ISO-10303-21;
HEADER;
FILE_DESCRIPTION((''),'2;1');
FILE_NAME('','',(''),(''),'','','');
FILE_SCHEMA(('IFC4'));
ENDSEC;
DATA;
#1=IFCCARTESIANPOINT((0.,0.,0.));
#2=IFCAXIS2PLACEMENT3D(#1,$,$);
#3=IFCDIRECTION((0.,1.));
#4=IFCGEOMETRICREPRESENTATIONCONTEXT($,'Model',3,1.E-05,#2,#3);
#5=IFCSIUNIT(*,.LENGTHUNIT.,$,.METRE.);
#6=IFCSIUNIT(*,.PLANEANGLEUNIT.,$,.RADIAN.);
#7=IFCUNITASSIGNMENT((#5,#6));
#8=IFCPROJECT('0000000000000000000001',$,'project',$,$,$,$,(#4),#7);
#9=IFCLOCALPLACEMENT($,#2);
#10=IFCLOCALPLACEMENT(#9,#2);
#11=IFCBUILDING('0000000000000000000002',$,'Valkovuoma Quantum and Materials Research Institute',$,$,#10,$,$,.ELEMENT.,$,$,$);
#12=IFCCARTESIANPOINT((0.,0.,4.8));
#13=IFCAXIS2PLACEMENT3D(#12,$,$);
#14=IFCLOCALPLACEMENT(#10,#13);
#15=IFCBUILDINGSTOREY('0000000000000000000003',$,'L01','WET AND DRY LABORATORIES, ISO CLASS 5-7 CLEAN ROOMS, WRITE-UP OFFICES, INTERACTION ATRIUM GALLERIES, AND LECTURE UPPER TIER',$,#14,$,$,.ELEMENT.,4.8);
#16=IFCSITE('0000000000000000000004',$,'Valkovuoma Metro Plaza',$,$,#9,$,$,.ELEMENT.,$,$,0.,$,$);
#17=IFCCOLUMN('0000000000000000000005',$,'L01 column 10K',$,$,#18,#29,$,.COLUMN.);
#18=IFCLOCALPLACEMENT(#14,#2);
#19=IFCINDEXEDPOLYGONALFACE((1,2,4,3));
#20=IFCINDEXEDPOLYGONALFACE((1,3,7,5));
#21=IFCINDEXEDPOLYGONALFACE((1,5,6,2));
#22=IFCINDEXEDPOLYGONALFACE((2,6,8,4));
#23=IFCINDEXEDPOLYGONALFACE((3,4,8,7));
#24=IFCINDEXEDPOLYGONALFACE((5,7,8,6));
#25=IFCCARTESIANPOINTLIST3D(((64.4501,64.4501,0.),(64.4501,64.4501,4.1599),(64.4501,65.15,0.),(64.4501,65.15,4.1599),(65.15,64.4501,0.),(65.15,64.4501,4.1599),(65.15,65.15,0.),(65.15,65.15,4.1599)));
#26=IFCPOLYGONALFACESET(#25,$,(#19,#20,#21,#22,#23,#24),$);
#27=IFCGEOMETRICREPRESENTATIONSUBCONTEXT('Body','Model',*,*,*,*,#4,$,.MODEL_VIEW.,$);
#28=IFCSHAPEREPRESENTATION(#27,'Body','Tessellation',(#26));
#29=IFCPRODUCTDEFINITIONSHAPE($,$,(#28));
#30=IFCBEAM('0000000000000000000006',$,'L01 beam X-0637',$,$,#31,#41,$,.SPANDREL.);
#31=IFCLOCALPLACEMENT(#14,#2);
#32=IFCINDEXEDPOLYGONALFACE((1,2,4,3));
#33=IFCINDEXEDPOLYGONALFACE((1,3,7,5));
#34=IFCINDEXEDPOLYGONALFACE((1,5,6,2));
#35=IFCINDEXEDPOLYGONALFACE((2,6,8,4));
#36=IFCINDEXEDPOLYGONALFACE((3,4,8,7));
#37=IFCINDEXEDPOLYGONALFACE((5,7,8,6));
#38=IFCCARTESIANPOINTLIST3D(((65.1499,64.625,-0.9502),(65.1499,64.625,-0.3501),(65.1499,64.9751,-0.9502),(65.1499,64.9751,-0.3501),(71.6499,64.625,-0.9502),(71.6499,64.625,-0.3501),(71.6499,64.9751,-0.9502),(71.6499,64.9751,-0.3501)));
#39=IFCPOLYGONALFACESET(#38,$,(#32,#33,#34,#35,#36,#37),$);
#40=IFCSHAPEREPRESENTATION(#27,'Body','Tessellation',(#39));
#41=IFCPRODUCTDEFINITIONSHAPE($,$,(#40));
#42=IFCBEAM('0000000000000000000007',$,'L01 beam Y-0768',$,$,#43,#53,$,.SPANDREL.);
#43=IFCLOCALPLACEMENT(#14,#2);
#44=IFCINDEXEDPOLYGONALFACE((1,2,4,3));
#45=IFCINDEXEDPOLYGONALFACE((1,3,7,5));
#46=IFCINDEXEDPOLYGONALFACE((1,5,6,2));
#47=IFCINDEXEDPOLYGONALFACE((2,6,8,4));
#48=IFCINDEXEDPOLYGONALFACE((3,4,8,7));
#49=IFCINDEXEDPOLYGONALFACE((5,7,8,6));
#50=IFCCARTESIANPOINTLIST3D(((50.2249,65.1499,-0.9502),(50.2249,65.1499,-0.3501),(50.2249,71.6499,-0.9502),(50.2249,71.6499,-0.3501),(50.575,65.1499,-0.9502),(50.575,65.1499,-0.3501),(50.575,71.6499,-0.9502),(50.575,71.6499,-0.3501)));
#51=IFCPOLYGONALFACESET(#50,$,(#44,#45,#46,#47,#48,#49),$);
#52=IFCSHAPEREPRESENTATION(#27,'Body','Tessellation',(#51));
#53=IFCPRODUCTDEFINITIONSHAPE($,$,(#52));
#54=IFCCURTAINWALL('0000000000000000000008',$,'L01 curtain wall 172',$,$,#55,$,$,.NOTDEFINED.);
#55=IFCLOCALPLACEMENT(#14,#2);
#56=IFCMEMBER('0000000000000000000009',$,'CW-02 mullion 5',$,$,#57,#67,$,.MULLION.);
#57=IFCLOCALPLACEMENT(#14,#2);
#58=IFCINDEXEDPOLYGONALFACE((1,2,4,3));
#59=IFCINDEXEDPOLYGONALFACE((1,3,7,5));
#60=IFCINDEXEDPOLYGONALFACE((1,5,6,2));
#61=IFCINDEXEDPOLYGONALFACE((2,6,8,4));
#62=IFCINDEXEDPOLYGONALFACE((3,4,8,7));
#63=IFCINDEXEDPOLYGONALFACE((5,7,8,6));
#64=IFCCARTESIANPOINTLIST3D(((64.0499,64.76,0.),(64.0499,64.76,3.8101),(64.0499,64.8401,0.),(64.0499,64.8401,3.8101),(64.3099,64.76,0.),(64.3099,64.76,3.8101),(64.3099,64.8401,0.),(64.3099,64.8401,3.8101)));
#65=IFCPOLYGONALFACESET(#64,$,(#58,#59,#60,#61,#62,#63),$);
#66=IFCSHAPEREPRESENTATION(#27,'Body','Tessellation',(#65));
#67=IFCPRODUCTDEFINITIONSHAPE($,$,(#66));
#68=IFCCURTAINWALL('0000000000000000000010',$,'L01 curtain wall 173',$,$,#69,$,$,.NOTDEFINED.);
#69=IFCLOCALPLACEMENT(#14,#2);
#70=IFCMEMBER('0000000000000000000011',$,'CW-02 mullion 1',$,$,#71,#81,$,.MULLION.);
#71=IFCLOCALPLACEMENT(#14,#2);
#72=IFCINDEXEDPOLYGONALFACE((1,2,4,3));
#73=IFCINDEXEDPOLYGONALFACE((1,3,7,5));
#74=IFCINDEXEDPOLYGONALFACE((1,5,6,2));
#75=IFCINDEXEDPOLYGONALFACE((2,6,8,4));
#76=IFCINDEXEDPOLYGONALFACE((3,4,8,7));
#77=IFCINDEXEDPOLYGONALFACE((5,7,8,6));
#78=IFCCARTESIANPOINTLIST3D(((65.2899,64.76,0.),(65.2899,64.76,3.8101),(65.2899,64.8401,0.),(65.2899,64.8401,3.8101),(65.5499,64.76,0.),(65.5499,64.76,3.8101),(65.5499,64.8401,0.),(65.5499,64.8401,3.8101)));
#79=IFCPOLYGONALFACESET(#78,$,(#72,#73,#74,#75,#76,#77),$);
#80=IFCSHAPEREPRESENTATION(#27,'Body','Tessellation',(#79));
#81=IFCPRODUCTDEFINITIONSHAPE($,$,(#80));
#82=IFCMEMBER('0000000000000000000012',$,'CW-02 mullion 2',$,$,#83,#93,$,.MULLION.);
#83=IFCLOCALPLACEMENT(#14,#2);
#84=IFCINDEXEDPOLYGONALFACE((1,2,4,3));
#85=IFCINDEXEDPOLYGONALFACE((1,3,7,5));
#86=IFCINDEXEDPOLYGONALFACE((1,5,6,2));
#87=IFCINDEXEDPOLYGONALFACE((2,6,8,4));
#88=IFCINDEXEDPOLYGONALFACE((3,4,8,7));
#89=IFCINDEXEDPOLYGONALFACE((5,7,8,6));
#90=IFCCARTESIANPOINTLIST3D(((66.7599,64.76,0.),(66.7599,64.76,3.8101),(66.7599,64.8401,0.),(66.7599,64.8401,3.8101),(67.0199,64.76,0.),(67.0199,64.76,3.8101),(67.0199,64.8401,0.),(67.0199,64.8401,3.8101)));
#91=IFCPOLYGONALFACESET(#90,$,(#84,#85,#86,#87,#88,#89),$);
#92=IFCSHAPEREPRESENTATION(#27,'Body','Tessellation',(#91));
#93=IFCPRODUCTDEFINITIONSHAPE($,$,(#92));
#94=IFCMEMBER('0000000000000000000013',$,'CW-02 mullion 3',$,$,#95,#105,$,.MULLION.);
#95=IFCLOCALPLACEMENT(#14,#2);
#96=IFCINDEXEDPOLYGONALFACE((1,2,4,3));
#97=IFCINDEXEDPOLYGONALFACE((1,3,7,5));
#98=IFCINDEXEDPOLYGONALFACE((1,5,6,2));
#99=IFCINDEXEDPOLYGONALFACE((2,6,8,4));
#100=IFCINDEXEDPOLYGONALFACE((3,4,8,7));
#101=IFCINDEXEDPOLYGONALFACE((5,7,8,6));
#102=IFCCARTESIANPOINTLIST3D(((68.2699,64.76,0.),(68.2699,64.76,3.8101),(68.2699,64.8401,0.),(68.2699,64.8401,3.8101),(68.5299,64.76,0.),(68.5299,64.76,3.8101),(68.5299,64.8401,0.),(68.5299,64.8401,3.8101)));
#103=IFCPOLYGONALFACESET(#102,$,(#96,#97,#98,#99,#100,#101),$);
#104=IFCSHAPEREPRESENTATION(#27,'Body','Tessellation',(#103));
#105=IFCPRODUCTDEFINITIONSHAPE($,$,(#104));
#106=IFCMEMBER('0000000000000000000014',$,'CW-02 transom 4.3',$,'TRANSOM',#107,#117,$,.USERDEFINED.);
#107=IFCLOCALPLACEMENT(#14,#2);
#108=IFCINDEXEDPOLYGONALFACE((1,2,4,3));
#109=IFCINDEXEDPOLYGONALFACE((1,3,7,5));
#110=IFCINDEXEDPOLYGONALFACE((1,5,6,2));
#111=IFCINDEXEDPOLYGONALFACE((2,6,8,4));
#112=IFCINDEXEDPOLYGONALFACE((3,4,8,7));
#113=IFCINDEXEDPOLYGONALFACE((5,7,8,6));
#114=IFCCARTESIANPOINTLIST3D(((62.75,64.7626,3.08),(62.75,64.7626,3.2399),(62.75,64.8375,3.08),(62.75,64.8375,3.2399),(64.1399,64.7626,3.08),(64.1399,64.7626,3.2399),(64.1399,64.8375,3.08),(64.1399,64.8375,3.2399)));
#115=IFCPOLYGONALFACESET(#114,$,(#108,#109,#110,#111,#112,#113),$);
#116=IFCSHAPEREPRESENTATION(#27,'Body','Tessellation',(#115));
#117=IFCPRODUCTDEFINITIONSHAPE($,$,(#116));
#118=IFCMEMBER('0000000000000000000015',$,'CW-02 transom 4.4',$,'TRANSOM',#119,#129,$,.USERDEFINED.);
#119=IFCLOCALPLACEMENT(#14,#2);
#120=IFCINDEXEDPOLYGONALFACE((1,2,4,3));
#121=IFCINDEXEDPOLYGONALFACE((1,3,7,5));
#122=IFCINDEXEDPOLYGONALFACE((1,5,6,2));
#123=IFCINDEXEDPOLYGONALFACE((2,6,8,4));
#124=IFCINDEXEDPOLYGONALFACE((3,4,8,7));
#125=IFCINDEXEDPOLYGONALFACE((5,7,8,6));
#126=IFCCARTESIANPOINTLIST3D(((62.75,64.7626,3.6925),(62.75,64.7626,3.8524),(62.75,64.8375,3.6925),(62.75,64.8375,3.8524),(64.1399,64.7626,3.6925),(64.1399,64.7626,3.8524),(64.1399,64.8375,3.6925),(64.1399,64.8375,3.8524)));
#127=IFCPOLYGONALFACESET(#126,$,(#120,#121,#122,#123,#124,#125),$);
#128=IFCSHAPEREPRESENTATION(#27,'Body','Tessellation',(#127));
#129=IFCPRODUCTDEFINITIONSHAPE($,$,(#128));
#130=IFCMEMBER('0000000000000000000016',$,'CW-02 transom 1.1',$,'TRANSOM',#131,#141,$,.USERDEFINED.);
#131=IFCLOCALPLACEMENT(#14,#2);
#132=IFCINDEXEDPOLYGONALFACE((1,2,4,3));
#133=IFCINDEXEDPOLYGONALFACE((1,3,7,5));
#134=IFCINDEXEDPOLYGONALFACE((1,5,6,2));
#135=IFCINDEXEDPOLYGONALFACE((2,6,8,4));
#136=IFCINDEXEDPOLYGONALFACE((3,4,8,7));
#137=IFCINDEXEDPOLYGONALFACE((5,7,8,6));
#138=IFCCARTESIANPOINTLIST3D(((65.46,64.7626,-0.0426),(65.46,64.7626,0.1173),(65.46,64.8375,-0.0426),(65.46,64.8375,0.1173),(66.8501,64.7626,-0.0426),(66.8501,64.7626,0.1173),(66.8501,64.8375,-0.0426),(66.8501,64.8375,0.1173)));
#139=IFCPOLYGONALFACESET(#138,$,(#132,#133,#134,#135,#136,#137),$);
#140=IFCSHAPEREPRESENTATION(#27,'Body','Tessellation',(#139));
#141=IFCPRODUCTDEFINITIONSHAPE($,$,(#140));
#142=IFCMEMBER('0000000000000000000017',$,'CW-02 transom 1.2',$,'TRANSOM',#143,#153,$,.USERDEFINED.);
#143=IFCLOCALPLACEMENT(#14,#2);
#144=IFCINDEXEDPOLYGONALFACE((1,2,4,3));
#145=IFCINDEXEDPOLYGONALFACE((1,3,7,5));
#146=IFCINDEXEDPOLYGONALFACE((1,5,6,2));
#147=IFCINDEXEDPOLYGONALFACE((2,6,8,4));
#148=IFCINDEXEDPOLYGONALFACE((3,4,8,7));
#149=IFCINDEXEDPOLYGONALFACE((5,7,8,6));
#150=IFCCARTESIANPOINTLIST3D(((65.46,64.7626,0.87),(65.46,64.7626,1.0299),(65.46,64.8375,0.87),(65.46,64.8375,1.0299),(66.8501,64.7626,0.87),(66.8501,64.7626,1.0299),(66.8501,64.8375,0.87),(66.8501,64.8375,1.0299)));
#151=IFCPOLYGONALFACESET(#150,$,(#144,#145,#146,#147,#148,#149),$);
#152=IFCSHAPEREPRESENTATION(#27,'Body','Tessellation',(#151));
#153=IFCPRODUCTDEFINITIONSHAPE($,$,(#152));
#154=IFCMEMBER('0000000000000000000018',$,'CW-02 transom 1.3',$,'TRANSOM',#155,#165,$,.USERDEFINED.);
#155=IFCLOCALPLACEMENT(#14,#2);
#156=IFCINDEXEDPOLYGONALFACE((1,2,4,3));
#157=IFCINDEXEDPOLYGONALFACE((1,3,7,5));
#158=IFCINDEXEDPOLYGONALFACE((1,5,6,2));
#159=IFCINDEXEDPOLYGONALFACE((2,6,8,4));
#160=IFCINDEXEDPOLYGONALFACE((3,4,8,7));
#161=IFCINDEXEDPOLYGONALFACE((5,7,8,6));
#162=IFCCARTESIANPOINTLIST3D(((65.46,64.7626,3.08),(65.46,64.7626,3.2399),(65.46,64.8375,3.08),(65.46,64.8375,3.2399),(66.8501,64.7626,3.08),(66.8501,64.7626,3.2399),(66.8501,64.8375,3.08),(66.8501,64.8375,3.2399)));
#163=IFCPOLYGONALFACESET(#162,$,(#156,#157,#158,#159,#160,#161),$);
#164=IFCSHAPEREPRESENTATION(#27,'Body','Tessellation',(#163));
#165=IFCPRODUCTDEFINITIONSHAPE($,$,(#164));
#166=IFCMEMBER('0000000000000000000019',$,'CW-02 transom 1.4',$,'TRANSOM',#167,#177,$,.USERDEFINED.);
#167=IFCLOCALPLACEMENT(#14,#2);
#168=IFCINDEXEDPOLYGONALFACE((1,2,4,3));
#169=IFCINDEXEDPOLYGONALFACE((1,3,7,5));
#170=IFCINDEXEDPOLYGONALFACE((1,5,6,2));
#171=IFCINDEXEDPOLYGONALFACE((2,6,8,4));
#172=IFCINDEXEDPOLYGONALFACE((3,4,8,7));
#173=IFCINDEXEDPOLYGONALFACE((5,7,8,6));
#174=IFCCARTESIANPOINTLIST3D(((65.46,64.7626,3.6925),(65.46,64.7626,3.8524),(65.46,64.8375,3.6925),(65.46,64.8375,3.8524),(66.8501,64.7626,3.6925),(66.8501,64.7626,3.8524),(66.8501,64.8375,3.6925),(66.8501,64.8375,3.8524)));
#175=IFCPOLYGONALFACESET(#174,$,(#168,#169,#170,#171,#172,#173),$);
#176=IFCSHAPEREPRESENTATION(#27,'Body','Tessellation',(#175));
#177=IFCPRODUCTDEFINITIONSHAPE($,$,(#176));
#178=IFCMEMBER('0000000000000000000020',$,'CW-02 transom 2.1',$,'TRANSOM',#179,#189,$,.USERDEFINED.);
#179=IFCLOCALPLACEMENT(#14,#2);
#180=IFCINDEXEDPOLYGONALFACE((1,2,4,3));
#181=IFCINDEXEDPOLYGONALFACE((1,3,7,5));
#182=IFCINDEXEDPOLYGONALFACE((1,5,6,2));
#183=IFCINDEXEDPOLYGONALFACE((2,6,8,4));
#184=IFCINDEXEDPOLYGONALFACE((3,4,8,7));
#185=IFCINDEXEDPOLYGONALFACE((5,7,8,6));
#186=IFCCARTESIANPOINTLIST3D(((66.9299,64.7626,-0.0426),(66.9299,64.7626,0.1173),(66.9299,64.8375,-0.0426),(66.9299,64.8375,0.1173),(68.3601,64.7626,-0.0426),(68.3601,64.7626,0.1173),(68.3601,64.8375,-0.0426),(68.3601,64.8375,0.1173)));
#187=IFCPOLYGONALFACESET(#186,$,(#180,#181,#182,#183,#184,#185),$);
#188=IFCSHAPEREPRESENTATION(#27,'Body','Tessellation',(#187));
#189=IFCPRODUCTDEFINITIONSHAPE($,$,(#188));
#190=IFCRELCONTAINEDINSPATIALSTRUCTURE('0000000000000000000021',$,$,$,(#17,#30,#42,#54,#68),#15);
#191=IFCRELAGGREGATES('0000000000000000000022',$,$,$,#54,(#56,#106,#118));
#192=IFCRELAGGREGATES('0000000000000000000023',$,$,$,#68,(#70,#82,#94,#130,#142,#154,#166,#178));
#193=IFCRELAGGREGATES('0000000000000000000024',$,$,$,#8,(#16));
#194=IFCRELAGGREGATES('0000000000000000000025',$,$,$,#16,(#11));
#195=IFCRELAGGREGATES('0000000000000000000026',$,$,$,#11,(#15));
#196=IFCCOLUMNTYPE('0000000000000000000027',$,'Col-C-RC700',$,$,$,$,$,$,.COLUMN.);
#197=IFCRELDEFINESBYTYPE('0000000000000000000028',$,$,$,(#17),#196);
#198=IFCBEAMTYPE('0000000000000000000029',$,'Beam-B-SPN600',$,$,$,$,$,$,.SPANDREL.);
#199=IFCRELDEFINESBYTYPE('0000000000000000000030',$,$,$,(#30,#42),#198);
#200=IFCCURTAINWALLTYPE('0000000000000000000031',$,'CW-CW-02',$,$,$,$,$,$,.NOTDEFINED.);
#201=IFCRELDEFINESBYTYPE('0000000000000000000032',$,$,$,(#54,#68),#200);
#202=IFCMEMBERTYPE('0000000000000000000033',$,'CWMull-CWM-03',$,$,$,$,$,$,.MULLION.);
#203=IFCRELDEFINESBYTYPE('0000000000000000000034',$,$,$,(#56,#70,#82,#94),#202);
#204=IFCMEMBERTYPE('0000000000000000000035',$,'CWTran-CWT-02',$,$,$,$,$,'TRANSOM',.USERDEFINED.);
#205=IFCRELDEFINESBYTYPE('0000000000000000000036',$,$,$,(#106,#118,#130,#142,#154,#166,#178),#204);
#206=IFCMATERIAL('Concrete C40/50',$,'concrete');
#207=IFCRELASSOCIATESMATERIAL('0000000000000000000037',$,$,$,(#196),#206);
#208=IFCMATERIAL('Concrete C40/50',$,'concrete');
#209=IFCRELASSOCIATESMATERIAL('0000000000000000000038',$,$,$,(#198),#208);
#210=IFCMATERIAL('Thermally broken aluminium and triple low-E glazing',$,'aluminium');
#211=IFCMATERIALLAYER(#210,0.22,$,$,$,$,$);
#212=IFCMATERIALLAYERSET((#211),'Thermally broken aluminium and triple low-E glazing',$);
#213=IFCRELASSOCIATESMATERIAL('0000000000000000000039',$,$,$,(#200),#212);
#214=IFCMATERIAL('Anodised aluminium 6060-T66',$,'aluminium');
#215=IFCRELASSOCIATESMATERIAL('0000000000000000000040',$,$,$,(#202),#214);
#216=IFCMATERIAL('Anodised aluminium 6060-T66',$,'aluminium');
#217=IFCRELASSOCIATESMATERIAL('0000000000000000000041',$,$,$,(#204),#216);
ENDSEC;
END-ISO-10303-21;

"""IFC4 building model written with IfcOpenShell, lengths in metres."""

from ifc_helpers import new_model, si_unit, direction, frame, origin, origin_2d, place, context, subcontext, project, spatial, rectangle, extrude, material, layer, layer_set, material_profile, profile_set, type_object, element, aggregate, save


model = new_model("IFC4")

# Units and contexts
model_context = context("Model", 3, precision=1e-05, world=origin(), true_north=direction((0.0, 1.0)))
body_context = subcontext(model_context, "Body", "Model", "MODEL_VIEW")
ifc_project = project(units=[si_unit("LENGTHUNIT", "METRE"), si_unit("PLANEANGLEUNIT", "RADIAN")], contexts=[model_context])

# Site, building, storey
site_placement = place(None, origin())
site = spatial("IfcSite", under=ifc_project, at=site_placement, Name="Valkovuoma Metro Plaza", CompositionType="ELEMENT", RefElevation=0.0)
building_placement = place(site_placement, origin())
building = spatial("IfcBuilding", under=site, at=building_placement, Name="Valkovuoma Quantum and Materials Research Institute", CompositionType="ELEMENT")
storey_placement = place(building_placement, frame((0.0, 0.0, 4.8)))
storey = spatial("IfcBuildingStorey", under=building, at=storey_placement, Name="L01", Description="WET AND DRY LABORATORIES, ISO CLASS 5-7 CLEAN ROOMS, WRITE-UP OFFICES, INTERACTION ATRIUM GALLERIES, AND LECTURE UPPER TIER", CompositionType="ELEMENT", Elevation=4.8)

# Column
ifc_material_1 = material(Name="Concrete C40/50", Category="concrete")
ifc_material_profile_1 = material_profile(ifc_material_1, rectangle(XDim=0.7, YDim=0.7, at=origin_2d()), Name="Concrete C40/50")
ifc_profile_set_1 = profile_set([ifc_material_profile_1], Name="Concrete C40/50")
column_type = type_object("IfcColumnType", Name="Col-C-RC700", PredefinedType="COLUMN", material=ifc_profile_set_1)
column_placement = place(storey_placement, frame((64.8, 64.8, 0.0), z_axis=(0.0, 0.0, 1.0), x_axis=(1.0, 0.0, 0.0)))
element("IfcColumn", 1, at=column_placement, inside=storey, type_object=column_type, Name="L01 column 10K", PredefinedType="COLUMN", context=body_context, shape_type="SweptSolid", body=[
    extrude(rectangle(XDim=0.7, YDim=0.7, at=origin_2d()), origin(), (0.0, 0.0, 1.0), 4.1599),
])

# Beams
ifc_material_2 = material(Name="Concrete C40/50", Category="concrete")
ifc_material_profile_2 = material_profile(ifc_material_2, rectangle(XDim=0.3501, YDim=0.6001, at=origin_2d()), Name="Concrete C40/50")
ifc_profile_set_2 = profile_set([ifc_material_profile_2], Name="Concrete C40/50")
beam_type = type_object("IfcBeamType", Name="Beam-B-SPN600", PredefinedType="SPANDREL", material=ifc_profile_set_2)
for number, where, z_axis, x_axis, name in (
    (2, (65.1499, 64.8, -0.6501), (1.0, 0.0, 0.0), (0.0, 1.0, 0.0), "L01 beam X-0637"),
    (3, (50.3999, 65.1499, -0.6501), (0.0, 1.0, 0.0), (-1.0, 0.0, 0.0), "L01 beam Y-0768"),
):
    element("IfcBeam", number, at=place(storey_placement, frame(where, z_axis=z_axis, x_axis=x_axis)), inside=storey, type_object=beam_type, Name=name, PredefinedType="SPANDREL", context=body_context, shape_type="SweptSolid", body=[
        extrude(rectangle(XDim=0.3501, YDim=0.6001, at=origin_2d()), origin(), (0.0, 0.0, 1.0), 6.5),
    ])

# Curtain wall, member
ifc_material_3 = material(Name="Thermally broken aluminium and triple low-E glazing", Category="aluminium")
ifc_layer_1 = layer(ifc_material_3, 0.22)
ifc_layer_set_1 = layer_set([ifc_layer_1], Name="Thermally broken aluminium and triple low-E glazing")
curtain_wall_type = type_object("IfcCurtainWallType", Name="CW-CW-02", PredefinedType="NOTDEFINED", material=ifc_layer_set_1)
curtain_wall_1_placement = place(storey_placement, origin())
curtain_wall_1 = element("IfcCurtainWall", 4, at=curtain_wall_1_placement, inside=storey, type_object=curtain_wall_type, Name="L01 curtain wall 172", PredefinedType="NOTDEFINED")
ifc_material_4 = material(Name="Anodised aluminium 6060-T66", Category="aluminium")
ifc_material_profile_3 = material_profile(ifc_material_4, rectangle(XDim=0.0801, YDim=0.26, at=origin_2d()), Name="Anodised aluminium 6060-T66")
ifc_profile_set_3 = profile_set([ifc_material_profile_3], Name="Anodised aluminium 6060-T66")
member_type_1 = type_object("IfcMemberType", Name="CWMull-CWM-03", PredefinedType="MULLION", material=ifc_profile_set_3)
member_1_placement = place(storey_placement, frame((64.1799, 64.8, 0.0), z_axis=(0.0, 0.0, 1.0), x_axis=(0.0, 1.0, 0.0)))
member_1 = element("IfcMember", 5, at=member_1_placement, type_object=member_type_1, Name="CW-02 mullion 5", PredefinedType="MULLION", context=body_context, shape_type="SweptSolid", body=[
    extrude(rectangle(XDim=0.0801, YDim=0.26, at=origin_2d()), origin(), (0.0, 0.0, 1.0), 3.8101),
])

# Curtain wall, members
curtain_wall_2_placement = place(storey_placement, origin())
curtain_wall_2 = element("IfcCurtainWall", 6, at=curtain_wall_2_placement, inside=storey, type_object=curtain_wall_type, Name="L01 curtain wall 173", PredefinedType="NOTDEFINED")
member_2_placement = place(storey_placement, frame((65.4199, 64.8, 0.0), z_axis=(0.0, 0.0, 1.0), x_axis=(0.0, 1.0, 0.0)))
member_2 = element("IfcMember", 7, at=member_2_placement, type_object=member_type_1, Name="CW-02 mullion 1", PredefinedType="MULLION", context=body_context, shape_type="SweptSolid", body=[
    extrude(rectangle(XDim=0.0801, YDim=0.26, at=origin_2d()), origin(), (0.0, 0.0, 1.0), 3.8101),
])
member_3_placement = place(storey_placement, frame((66.8899, 64.8, 0.0), z_axis=(0.0, 0.0, 1.0), x_axis=(0.0, 1.0, 0.0)))
member_3 = element("IfcMember", 8, at=member_3_placement, type_object=member_type_1, Name="CW-02 mullion 2", PredefinedType="MULLION", context=body_context, shape_type="SweptSolid", body=[
    extrude(rectangle(XDim=0.0801, YDim=0.26, at=origin_2d()), origin(), (0.0, 0.0, 1.0), 3.8101),
])
member_4_placement = place(storey_placement, frame((68.3999, 64.8, 0.0), z_axis=(0.0, 0.0, 1.0), x_axis=(0.0, 1.0, 0.0)))
member_4 = element("IfcMember", 9, at=member_4_placement, type_object=member_type_1, Name="CW-02 mullion 3", PredefinedType="MULLION", context=body_context, shape_type="SweptSolid", body=[
    extrude(rectangle(XDim=0.0801, YDim=0.26, at=origin_2d()), origin(), (0.0, 0.0, 1.0), 3.8101),
])

# Members
ifc_material_5 = material(Name="Anodised aluminium 6060-T66", Category="aluminium")
ifc_material_profile_4 = material_profile(ifc_material_5, rectangle(XDim=0.075, YDim=0.1599, at=origin_2d()), Name="Anodised aluminium 6060-T66")
ifc_profile_set_4 = profile_set([ifc_material_profile_4], Name="Anodised aluminium 6060-T66")
member_type_2 = type_object("IfcMemberType", Name="CWTran-CWT-02", ElementType="TRANSOM", PredefinedType="USERDEFINED", material=ifc_profile_set_4)
member_5_placement = place(storey_placement, frame((62.75, 64.8, 3.1599), z_axis=(1.0, 0.0, 0.0), x_axis=(0.0, 1.0, 0.0)))
member_5 = element("IfcMember", 10, at=member_5_placement, type_object=member_type_2, Name="CW-02 transom 4.3", ObjectType="TRANSOM", PredefinedType="USERDEFINED", context=body_context, shape_type="SweptSolid", body=[
    extrude(rectangle(XDim=0.075, YDim=0.1599, at=origin_2d()), origin(), (0.0, 0.0, 1.0), 1.3899),
])
member_6_placement = place(storey_placement, frame((62.75, 64.8, 3.7725), z_axis=(1.0, 0.0, 0.0), x_axis=(0.0, 1.0, 0.0)))
member_6 = element("IfcMember", 11, at=member_6_placement, type_object=member_type_2, Name="CW-02 transom 4.4", ObjectType="TRANSOM", PredefinedType="USERDEFINED", context=body_context, shape_type="SweptSolid", body=[
    extrude(rectangle(XDim=0.075, YDim=0.1599, at=origin_2d()), origin(), (0.0, 0.0, 1.0), 1.3899),
])
member_7_placement = place(storey_placement, frame((65.46, 64.8, 0.0374), z_axis=(1.0, 0.0, 0.0), x_axis=(0.0, 1.0, 0.0)))
member_7 = element("IfcMember", 12, at=member_7_placement, type_object=member_type_2, Name="CW-02 transom 1.1", ObjectType="TRANSOM", PredefinedType="USERDEFINED", context=body_context, shape_type="SweptSolid", body=[
    extrude(rectangle(XDim=0.075, YDim=0.1599, at=origin_2d()), origin(), (0.0, 0.0, 1.0), 1.3901),
])
member_8_placement = place(storey_placement, frame((65.46, 64.8, 0.95), z_axis=(1.0, 0.0, 0.0), x_axis=(0.0, 1.0, 0.0)))
member_8 = element("IfcMember", 13, at=member_8_placement, type_object=member_type_2, Name="CW-02 transom 1.2", ObjectType="TRANSOM", PredefinedType="USERDEFINED", context=body_context, shape_type="SweptSolid", body=[
    extrude(rectangle(XDim=0.075, YDim=0.1599, at=origin_2d()), origin(), (0.0, 0.0, 1.0), 1.3901),
])
member_9_placement = place(storey_placement, frame((65.46, 64.8, 3.1599), z_axis=(1.0, 0.0, 0.0), x_axis=(0.0, 1.0, 0.0)))
member_9 = element("IfcMember", 14, at=member_9_placement, type_object=member_type_2, Name="CW-02 transom 1.3", ObjectType="TRANSOM", PredefinedType="USERDEFINED", context=body_context, shape_type="SweptSolid", body=[
    extrude(rectangle(XDim=0.075, YDim=0.1599, at=origin_2d()), origin(), (0.0, 0.0, 1.0), 1.3901),
])
member_10_placement = place(storey_placement, frame((65.46, 64.8, 3.7725), z_axis=(1.0, 0.0, 0.0), x_axis=(0.0, 1.0, 0.0)))
member_10 = element("IfcMember", 15, at=member_10_placement, type_object=member_type_2, Name="CW-02 transom 1.4", ObjectType="TRANSOM", PredefinedType="USERDEFINED", context=body_context, shape_type="SweptSolid", body=[
    extrude(rectangle(XDim=0.075, YDim=0.1599, at=origin_2d()), origin(), (0.0, 0.0, 1.0), 1.3901),
])
member_11_placement = place(storey_placement, frame((66.9299, 64.8, 0.0374), z_axis=(1.0, 0.0, 0.0), x_axis=(0.0, 1.0, 0.0)))
member_11 = element("IfcMember", 16, at=member_11_placement, type_object=member_type_2, Name="CW-02 transom 2.1", ObjectType="TRANSOM", PredefinedType="USERDEFINED", context=body_context, shape_type="SweptSolid", body=[
    extrude(rectangle(XDim=0.075, YDim=0.1599, at=origin_2d()), origin(), (0.0, 0.0, 1.0), 1.4302),
])

aggregate(curtain_wall_1, [member_1, member_5, member_6])
aggregate(curtain_wall_2, [member_2, member_3, member_4, member_7, member_8, member_9, member_10, member_11])

save(model, "model.ifc")
